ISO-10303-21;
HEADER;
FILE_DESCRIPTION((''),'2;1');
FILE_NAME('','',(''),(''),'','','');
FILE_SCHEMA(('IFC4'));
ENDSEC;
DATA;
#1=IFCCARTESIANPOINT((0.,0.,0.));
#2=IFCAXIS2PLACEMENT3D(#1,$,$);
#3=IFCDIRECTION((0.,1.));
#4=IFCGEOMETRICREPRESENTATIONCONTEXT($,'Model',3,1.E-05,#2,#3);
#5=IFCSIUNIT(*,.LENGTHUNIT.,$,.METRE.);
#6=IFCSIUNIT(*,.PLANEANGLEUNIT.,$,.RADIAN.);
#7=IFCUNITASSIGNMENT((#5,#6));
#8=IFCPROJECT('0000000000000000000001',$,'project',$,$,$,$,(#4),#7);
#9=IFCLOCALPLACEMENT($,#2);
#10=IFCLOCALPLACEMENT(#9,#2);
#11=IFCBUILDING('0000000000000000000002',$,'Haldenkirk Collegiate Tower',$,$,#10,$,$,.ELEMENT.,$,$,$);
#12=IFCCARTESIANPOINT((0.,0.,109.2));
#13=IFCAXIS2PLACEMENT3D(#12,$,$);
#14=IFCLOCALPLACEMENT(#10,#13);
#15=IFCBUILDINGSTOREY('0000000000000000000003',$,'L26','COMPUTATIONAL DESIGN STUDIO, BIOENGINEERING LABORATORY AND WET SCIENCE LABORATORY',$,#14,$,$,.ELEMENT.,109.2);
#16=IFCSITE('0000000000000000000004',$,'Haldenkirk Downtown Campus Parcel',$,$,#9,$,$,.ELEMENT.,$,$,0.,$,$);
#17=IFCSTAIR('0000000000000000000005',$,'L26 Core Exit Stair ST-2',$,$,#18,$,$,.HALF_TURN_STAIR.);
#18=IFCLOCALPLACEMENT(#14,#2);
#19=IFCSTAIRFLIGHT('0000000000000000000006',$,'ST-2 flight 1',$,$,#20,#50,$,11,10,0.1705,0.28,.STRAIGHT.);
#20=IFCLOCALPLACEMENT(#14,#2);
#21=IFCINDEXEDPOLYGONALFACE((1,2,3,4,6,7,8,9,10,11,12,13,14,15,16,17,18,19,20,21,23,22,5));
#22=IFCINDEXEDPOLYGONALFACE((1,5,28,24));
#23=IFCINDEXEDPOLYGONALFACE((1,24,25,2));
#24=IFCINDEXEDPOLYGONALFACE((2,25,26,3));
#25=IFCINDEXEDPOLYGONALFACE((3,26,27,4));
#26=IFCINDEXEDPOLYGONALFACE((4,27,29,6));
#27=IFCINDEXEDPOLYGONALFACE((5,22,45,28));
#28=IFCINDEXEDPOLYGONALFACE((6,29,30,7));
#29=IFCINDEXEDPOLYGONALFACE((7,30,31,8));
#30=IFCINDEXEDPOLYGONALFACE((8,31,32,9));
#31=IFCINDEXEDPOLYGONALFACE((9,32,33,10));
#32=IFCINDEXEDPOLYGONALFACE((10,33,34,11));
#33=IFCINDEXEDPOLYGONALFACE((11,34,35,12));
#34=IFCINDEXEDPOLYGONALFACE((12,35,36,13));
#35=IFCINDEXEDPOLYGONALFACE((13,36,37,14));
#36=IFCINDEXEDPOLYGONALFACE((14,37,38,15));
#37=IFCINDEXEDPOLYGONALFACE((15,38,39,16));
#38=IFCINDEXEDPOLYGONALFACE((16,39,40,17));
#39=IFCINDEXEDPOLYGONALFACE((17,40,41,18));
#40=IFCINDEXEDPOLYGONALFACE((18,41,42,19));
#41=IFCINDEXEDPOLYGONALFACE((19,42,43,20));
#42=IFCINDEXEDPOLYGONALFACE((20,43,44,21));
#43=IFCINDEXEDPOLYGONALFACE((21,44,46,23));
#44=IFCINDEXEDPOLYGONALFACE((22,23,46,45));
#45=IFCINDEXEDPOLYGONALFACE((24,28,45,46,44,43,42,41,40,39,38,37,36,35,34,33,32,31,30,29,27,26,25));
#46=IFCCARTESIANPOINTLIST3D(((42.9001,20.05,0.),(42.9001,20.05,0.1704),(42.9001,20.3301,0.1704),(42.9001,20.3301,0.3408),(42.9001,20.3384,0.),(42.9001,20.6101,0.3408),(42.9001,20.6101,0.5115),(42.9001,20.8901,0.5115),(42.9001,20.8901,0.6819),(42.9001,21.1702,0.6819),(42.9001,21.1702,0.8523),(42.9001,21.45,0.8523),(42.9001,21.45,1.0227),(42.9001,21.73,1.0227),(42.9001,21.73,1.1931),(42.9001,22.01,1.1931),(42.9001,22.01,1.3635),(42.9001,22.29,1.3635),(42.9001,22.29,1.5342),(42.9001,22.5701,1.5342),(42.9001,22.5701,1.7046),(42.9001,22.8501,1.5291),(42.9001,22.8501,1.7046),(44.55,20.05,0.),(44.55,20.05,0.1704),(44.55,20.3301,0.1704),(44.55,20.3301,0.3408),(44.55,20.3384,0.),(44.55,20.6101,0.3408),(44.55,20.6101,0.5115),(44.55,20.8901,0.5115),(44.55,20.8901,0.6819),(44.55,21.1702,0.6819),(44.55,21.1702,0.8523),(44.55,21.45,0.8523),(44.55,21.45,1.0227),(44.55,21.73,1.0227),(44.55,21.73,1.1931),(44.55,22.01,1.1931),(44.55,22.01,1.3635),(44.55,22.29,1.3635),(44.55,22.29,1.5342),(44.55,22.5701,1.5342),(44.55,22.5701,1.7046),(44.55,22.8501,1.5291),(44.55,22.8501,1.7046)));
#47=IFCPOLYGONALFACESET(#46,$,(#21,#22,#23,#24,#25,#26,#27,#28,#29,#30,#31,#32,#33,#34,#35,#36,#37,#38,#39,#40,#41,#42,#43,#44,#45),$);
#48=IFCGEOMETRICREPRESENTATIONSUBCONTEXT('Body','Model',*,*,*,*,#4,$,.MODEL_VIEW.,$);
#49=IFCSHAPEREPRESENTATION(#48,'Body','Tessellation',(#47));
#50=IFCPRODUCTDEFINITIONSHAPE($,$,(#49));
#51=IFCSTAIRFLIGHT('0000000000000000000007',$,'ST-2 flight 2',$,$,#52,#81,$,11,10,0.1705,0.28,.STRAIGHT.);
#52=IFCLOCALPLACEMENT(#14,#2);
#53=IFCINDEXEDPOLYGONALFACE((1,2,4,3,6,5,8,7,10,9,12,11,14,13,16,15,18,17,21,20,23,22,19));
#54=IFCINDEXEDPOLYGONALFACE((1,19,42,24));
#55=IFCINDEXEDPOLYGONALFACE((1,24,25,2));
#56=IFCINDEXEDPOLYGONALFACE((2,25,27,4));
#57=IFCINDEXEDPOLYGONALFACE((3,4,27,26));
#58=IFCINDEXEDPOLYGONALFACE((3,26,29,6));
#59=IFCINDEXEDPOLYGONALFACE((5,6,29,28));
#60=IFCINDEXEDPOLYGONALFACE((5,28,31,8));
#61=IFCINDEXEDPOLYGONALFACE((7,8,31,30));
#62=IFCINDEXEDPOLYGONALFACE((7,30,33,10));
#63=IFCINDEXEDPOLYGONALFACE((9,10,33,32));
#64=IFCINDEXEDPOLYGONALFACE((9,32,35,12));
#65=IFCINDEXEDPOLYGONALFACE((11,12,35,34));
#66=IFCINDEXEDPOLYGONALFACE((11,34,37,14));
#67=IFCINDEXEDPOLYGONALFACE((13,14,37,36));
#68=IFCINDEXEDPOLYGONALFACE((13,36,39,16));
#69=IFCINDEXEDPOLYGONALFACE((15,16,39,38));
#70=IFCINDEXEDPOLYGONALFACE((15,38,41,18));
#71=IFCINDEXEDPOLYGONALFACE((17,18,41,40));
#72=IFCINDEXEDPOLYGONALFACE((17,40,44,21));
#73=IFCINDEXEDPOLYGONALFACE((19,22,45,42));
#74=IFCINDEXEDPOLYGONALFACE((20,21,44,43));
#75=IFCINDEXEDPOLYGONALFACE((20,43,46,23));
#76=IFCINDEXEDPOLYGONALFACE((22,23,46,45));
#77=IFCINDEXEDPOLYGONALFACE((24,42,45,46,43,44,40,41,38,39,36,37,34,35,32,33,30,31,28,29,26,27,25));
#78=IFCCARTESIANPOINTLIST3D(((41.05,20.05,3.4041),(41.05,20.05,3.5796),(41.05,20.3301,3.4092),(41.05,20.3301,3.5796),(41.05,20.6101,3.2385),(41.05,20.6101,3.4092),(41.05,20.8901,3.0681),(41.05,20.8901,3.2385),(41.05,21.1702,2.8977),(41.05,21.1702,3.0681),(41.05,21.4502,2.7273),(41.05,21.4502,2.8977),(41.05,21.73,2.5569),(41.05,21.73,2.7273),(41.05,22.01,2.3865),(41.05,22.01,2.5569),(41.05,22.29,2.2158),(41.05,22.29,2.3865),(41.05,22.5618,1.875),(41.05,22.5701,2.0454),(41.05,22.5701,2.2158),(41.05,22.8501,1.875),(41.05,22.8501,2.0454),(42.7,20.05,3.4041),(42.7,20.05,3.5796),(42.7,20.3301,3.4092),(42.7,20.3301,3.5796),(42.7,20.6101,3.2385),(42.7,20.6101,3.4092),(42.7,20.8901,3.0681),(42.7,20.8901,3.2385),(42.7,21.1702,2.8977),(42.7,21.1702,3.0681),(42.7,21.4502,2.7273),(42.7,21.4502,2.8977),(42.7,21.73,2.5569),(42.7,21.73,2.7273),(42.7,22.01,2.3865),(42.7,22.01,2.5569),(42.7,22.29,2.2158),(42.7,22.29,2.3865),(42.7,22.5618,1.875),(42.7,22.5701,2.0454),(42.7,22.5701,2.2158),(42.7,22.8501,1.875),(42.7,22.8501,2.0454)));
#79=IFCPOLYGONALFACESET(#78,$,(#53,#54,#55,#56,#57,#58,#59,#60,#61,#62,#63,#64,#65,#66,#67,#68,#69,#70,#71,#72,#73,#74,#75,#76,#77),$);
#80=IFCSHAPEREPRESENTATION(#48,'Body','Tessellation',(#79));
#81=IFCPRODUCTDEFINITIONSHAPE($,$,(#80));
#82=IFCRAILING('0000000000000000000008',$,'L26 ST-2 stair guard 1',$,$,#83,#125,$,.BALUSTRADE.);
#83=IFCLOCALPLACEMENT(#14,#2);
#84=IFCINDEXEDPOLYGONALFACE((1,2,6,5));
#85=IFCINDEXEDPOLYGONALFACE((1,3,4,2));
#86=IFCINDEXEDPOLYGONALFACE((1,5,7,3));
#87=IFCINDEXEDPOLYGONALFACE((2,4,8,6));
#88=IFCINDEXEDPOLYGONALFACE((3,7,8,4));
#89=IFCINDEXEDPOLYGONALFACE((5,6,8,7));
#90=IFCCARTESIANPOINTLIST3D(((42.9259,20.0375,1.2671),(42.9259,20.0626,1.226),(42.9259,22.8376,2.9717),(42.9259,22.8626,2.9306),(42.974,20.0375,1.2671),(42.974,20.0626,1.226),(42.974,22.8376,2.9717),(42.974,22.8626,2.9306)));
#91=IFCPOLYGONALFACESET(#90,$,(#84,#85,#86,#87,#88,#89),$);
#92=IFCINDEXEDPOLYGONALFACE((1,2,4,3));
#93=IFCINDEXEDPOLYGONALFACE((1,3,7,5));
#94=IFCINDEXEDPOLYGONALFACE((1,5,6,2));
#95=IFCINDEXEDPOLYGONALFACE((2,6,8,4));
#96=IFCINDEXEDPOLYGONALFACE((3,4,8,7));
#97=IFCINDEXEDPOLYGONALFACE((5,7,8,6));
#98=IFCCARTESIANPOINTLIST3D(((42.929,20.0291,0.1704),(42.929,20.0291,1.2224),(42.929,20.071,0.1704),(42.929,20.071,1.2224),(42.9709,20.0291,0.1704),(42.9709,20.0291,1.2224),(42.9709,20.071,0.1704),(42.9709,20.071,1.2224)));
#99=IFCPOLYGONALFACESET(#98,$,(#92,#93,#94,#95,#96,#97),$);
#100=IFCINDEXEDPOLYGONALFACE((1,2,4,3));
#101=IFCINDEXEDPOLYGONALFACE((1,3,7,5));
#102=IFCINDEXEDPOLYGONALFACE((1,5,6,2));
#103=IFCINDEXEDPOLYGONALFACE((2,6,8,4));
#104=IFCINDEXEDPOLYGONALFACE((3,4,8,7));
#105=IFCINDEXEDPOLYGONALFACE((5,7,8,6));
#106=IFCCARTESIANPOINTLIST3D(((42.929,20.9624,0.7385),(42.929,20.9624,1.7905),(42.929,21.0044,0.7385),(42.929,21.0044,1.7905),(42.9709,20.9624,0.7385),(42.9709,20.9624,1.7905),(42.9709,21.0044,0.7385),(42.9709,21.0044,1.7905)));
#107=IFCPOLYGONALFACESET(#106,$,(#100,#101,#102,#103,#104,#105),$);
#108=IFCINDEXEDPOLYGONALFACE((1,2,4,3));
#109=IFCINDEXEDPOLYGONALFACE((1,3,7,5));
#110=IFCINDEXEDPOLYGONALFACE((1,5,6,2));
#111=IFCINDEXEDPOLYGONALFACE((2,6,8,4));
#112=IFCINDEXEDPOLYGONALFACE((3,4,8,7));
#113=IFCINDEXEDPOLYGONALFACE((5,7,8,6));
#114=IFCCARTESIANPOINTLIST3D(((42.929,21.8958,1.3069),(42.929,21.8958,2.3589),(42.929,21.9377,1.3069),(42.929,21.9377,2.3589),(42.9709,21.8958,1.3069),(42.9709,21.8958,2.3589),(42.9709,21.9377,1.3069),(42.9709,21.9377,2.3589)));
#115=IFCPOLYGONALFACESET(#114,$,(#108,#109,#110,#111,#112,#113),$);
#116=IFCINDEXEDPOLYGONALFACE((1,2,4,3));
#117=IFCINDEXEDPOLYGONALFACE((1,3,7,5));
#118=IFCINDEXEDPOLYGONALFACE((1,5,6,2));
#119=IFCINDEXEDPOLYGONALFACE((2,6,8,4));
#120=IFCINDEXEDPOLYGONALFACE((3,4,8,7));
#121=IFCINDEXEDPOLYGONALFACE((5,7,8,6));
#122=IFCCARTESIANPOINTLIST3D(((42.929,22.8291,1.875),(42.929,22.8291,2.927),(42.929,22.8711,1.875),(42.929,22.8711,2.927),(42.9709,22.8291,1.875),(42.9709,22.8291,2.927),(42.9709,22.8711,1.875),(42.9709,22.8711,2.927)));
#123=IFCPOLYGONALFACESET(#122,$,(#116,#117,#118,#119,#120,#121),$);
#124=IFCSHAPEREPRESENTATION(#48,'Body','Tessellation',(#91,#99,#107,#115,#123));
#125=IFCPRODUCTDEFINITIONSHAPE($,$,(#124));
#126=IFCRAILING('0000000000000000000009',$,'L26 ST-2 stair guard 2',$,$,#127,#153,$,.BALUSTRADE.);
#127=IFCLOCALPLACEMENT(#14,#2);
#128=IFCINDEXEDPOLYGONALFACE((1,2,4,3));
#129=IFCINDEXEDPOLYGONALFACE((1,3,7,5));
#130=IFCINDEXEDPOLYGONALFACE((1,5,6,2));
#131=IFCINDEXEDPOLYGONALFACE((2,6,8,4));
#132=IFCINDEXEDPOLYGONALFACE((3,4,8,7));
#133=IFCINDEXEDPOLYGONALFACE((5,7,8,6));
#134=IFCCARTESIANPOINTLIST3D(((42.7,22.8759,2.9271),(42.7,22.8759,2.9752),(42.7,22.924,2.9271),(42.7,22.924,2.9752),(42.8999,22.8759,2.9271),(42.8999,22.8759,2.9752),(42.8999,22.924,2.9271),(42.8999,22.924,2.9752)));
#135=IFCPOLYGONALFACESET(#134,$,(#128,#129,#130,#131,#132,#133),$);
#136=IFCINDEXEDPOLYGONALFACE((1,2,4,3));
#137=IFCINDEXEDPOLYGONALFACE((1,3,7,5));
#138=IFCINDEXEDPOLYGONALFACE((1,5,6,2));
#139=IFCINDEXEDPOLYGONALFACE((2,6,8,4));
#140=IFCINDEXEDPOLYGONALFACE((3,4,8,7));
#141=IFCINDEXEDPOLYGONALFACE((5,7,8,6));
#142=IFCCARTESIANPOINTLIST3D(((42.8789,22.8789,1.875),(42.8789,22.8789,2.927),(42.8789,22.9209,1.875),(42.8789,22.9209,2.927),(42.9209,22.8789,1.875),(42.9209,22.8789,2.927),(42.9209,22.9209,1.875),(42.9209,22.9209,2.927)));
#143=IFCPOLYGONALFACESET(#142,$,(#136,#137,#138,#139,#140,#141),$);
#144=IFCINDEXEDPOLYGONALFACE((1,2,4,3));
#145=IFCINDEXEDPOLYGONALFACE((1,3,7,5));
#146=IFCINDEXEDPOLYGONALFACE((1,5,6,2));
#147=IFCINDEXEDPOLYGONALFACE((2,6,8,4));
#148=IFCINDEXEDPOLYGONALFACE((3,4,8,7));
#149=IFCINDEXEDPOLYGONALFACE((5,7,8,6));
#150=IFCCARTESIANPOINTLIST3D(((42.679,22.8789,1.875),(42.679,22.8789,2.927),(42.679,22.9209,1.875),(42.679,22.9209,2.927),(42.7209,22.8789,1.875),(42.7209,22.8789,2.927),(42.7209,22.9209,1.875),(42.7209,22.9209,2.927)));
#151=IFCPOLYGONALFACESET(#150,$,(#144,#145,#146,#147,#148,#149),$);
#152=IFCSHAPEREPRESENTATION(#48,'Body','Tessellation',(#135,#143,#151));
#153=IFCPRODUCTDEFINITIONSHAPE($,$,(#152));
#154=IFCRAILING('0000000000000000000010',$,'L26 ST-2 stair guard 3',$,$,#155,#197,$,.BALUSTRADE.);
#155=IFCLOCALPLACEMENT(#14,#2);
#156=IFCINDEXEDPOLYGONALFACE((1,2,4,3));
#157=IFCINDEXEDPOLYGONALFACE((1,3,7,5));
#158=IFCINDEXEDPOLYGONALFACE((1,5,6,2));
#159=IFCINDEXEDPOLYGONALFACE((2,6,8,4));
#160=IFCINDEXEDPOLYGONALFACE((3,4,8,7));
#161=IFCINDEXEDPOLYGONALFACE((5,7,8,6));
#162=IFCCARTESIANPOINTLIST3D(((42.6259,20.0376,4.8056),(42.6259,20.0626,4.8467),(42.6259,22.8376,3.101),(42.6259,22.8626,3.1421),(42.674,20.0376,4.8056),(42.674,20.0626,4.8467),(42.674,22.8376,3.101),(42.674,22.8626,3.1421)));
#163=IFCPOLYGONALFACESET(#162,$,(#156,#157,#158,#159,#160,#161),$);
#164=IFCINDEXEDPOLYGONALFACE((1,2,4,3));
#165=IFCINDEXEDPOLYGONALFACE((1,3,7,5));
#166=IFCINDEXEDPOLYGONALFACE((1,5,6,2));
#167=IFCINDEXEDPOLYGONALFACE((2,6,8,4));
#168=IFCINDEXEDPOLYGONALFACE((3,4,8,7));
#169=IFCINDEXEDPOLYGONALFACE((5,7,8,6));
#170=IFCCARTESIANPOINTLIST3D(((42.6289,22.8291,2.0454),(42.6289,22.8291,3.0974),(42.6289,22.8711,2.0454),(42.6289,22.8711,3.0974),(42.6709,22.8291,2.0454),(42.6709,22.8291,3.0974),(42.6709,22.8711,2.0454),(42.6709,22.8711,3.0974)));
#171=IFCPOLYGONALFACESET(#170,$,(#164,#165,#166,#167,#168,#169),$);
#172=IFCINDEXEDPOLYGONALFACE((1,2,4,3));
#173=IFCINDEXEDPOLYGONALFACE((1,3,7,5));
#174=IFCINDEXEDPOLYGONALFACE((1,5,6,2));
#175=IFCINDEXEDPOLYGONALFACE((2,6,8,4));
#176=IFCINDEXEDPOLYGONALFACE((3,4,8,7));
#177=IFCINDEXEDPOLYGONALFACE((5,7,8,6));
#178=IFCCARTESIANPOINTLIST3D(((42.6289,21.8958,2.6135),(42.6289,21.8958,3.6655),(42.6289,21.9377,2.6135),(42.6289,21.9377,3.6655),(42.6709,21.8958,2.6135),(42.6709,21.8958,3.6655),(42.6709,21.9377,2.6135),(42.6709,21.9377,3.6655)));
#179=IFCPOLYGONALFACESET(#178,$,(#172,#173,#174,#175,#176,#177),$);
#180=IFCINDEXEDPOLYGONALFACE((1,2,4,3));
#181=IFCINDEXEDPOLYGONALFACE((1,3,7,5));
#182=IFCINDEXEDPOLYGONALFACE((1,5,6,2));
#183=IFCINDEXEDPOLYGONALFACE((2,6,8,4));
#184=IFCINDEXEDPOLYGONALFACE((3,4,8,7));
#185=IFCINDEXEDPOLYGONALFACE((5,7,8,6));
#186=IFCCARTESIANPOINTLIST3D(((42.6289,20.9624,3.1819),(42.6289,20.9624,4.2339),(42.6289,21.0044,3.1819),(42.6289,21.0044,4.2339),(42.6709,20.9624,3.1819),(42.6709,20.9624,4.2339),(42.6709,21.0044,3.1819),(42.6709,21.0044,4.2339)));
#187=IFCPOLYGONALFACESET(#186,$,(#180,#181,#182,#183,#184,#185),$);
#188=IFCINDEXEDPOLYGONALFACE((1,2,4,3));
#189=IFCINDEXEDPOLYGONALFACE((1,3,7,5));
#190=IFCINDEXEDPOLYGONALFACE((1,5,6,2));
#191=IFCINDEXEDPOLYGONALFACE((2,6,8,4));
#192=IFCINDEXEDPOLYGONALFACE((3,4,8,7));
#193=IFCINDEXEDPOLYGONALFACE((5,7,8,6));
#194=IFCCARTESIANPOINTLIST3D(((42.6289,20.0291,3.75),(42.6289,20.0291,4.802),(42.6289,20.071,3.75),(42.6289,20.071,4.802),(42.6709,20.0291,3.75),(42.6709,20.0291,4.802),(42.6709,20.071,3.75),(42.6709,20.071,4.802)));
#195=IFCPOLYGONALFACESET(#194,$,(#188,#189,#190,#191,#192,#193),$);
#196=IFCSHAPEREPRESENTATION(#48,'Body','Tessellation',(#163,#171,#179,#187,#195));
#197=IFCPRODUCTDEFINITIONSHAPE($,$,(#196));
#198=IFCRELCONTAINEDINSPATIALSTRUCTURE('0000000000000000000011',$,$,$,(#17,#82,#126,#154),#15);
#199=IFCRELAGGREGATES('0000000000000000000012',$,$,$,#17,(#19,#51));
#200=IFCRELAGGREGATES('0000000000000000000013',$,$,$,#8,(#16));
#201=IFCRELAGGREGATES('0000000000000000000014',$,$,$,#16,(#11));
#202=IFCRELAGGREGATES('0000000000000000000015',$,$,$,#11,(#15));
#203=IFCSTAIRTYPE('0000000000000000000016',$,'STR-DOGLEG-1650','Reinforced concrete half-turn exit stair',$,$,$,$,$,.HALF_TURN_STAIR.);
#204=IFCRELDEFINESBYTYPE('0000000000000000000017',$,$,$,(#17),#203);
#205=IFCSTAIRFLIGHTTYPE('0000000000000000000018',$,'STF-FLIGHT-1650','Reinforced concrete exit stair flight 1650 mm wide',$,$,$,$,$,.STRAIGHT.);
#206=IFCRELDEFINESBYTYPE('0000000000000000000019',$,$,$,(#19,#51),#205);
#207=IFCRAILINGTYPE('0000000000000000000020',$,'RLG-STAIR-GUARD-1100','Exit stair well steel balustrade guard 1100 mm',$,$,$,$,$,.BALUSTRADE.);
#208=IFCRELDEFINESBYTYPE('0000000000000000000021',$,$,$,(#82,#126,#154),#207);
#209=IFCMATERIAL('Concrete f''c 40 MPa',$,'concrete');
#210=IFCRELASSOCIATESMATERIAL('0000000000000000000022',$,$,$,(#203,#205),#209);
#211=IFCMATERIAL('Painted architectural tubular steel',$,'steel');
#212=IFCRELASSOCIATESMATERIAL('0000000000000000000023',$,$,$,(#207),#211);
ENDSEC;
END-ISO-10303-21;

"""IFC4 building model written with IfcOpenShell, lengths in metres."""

from ifc_helpers import new_model, si_unit, direction, frame, origin, origin_2d, place, context, subcontext, project, spatial, polyline, rectangle, outline, extrude, material, type_object, element, aggregate, save


model = new_model("IFC4")

# Units and contexts
model_context = context("Model", 3, precision=1e-05, world=origin(), true_north=direction((0.0, 1.0)))
body_context = subcontext(model_context, "Body", "Model", "MODEL_VIEW")
ifc_project = project(units=[si_unit("LENGTHUNIT", "METRE"), si_unit("PLANEANGLEUNIT", "RADIAN")], contexts=[model_context])

# Site, building, storey
site_placement = place(None, origin())
site = spatial("IfcSite", under=ifc_project, at=site_placement, Name="Haldenkirk Downtown Campus Parcel", CompositionType="ELEMENT", RefElevation=0.0)
building_placement = place(site_placement, origin())
building = spatial("IfcBuilding", under=site, at=building_placement, Name="Haldenkirk Collegiate Tower", CompositionType="ELEMENT")
storey_placement = place(building_placement, frame((0.0, 0.0, 109.2)))
storey = spatial("IfcBuildingStorey", under=building, at=storey_placement, Name="L26", Description="COMPUTATIONAL DESIGN STUDIO, BIOENGINEERING LABORATORY AND WET SCIENCE LABORATORY", CompositionType="ELEMENT", Elevation=109.2)

# Stair, stair flights
ifc_material_1 = material(Name="Concrete f'c 40 MPa", Category="concrete")
stair_type = type_object("IfcStairType", Name="STR-DOGLEG-1650", Description="Reinforced concrete half-turn exit stair", PredefinedType="HALF_TURN_STAIR", material=ifc_material_1)
stair_placement = place(storey_placement, origin())
stair = element("IfcStair", 1, at=stair_placement, inside=storey, type_object=stair_type, Name="L26 Core Exit Stair ST-2", PredefinedType="HALF_TURN_STAIR")
stair_flight_type = type_object("IfcStairFlightType", Name="STF-FLIGHT-1650", Description="Reinforced concrete exit stair flight 1650 mm wide", PredefinedType="STRAIGHT", material=ifc_material_1)
stair_flight_1_placement = place(storey_placement, frame((43.7251, 20.05, 0.0), z_axis=(0.0, 0.0, 1.0), x_axis=(0.0, 1.0, 0.0)))
stair_flight_1 = element("IfcStairFlight", 2, at=stair_flight_1_placement, type_object=stair_flight_type, Name="ST-2 flight 1", NumberOfRisers=11, NumberOfTreads=10, PredefinedType="STRAIGHT", RiserHeight=0.1705, TreadLength=0.28, context=body_context, shape_type="SweptSolid", body=[
    extrude(outline(polyline([(0.0, 0.0), (0.0, 0.1704), (0.28, 0.1704), (0.28, 0.3408), (0.5601, 0.3408), (0.5601, 0.5115), (0.8401, 0.5115), (0.8401, 0.6819), (1.1201, 0.6819), (1.1201, 0.8523), (1.3999, 0.8523), (1.3999, 1.0227), (1.6799, 1.0227), (1.6799, 1.1931), (1.96, 1.1931), (1.96, 1.3635), (2.24, 1.3635), (2.24, 1.5342), (2.52, 1.5342), (2.52, 1.7046), (2.8, 1.7046), (2.8, 1.875), (2.8, 1.5291), (0.2883, 0.0), (0.0, 0.0)])), frame((0.0, 0.825, 0.0), z_axis=(0.0, -1.0, 0.0), x_axis=(1.0, 0.0, 0.0)), (0.0, 0.0, 1.0), 1.6499),
])
stair_flight_2_placement = place(storey_placement, frame((41.875, 22.8501, 1.875), z_axis=(0.0, 0.0, 1.0), x_axis=(0.0, -1.0, 0.0)))
stair_flight_2 = element("IfcStairFlight", 3, at=stair_flight_2_placement, type_object=stair_flight_type, Name="ST-2 flight 2", NumberOfRisers=11, NumberOfTreads=10, PredefinedType="STRAIGHT", RiserHeight=0.1705, TreadLength=0.28, context=body_context, shape_type="SweptSolid", body=[
    extrude(outline(polyline([(0.0, 0.0), (0.0, 0.1704), (0.28, 0.1704), (0.28, 0.3408), (0.5601, 0.3408), (0.5601, 0.5115), (0.8401, 0.5115), (0.8401, 0.6819), (1.1201, 0.6819), (1.1201, 0.8523), (1.3999, 0.8523), (1.3999, 1.0227), (1.6799, 1.0227), (1.6799, 1.1931), (1.96, 1.1931), (1.96, 1.3635), (2.24, 1.3635), (2.24, 1.5342), (2.52, 1.5342), (2.52, 1.7046), (2.8, 1.7046), (2.8, 1.875), (2.8, 1.5291), (0.2883, 0.0), (0.0, 0.0)])), frame((0.0, 0.825, 0.0), z_axis=(0.0, -1.0, 0.0), x_axis=(1.0, 0.0, 0.0)), (0.0, 0.0, 1.0), 1.6499),
])
aggregate(stair, [stair_flight_1, stair_flight_2])

# Railings
ifc_material_2 = material(Name="Painted architectural tubular steel", Category="steel")
railing_type_1 = type_object("IfcRailingType", Name="RLG-STAIR-GUARD-1100", Description="Exit stair well steel balustrade guard 1100 mm", PredefinedType="BALUSTRADE", material=ifc_material_2)
railing_1_placement = place(storey_placement, frame((42.95, 20.05, 0.1704)))
element("IfcRailing", 4, at=railing_1_placement, inside=storey, type_object=railing_type_1, Name="L26 ST-2 stair guard 1", PredefinedType="BALUSTRADE", context=body_context, shape_type="SweptSolid", body=[
    extrude(rectangle(XDim=0.0481, YDim=0.0481, at=origin_2d()), frame((0.0, 0.0, 1.0762), z_axis=(0.0, 0.85417, 0.519994), x_axis=(-1.0, 0.0, 0.0)), (0.0, 0.0, 1.0), 3.2781),
    extrude(rectangle(XDim=0.042, YDim=0.042, at=origin_2d()), origin(), (0.0, 0.0, 1.0), 1.052),
    extrude(rectangle(XDim=0.042, YDim=0.042, at=origin_2d()), frame((0.0, 0.9333, 0.5681)), (0.0, 0.0, 1.0), 1.052),
    extrude(rectangle(XDim=0.042, YDim=0.042, at=origin_2d()), frame((0.0, 1.8667, 1.1365)), (0.0, 0.0, 1.0), 1.052),
    extrude(rectangle(XDim=0.042, YDim=0.042, at=origin_2d()), frame((0.0, 2.8, 1.7046)), (0.0, 0.0, 1.0), 1.052),
])
railing_2_placement = place(storey_placement, frame((42.8999, 22.8999, 1.875)))
element("IfcRailing", 5, at=railing_2_placement, inside=storey, type_object=railing_type_1, Name="L26 ST-2 stair guard 2", PredefinedType="BALUSTRADE", context=body_context, shape_type="SweptSolid", body=[
    extrude(rectangle(XDim=0.0481, YDim=0.0481, at=origin_2d()), frame((0.0, 0.0, 1.0762), z_axis=(-1.0, 0.0, 0.0), x_axis=(0.0, -1.0, 0.0)), (0.0, 0.0, 1.0), 0.2),
    extrude(rectangle(XDim=0.042, YDim=0.042, at=origin_2d()), origin(), (0.0, 0.0, 1.0), 1.052),
    extrude(rectangle(XDim=0.042, YDim=0.042, at=origin_2d()), frame((-0.2, 0.0, 0.0)), (0.0, 0.0, 1.0), 1.052),
])
railing_3_placement = place(storey_placement, frame((42.6499, 22.8501, 2.0454)))
element("IfcRailing", 6, at=railing_3_placement, inside=storey, type_object=railing_type_1, Name="L26 ST-2 stair guard 3", PredefinedType="BALUSTRADE", context=body_context, shape_type="SweptSolid", body=[
    extrude(rectangle(XDim=0.0481, YDim=0.0481, at=origin_2d()), frame((0.0, 0.0, 1.0762), z_axis=(0.0, -0.85417, 0.519994), x_axis=(1.0, 0.0, 0.0)), (0.0, 0.0, 1.0), 3.2781),
    extrude(rectangle(XDim=0.042, YDim=0.042, at=origin_2d()), origin(), (0.0, 0.0, 1.0), 1.052),
    extrude(rectangle(XDim=0.042, YDim=0.042, at=origin_2d()), frame((0.0, -0.9333, 0.5681)), (0.0, 0.0, 1.0), 1.052),
    extrude(rectangle(XDim=0.042, YDim=0.042, at=origin_2d()), frame((0.0, -1.8667, 1.1365)), (0.0, 0.0, 1.0), 1.052),
    extrude(rectangle(XDim=0.042, YDim=0.042, at=origin_2d()), frame((0.0, -2.8, 1.7046)), (0.0, 0.0, 1.0), 1.052),
])

save(model, "model.ifc")
